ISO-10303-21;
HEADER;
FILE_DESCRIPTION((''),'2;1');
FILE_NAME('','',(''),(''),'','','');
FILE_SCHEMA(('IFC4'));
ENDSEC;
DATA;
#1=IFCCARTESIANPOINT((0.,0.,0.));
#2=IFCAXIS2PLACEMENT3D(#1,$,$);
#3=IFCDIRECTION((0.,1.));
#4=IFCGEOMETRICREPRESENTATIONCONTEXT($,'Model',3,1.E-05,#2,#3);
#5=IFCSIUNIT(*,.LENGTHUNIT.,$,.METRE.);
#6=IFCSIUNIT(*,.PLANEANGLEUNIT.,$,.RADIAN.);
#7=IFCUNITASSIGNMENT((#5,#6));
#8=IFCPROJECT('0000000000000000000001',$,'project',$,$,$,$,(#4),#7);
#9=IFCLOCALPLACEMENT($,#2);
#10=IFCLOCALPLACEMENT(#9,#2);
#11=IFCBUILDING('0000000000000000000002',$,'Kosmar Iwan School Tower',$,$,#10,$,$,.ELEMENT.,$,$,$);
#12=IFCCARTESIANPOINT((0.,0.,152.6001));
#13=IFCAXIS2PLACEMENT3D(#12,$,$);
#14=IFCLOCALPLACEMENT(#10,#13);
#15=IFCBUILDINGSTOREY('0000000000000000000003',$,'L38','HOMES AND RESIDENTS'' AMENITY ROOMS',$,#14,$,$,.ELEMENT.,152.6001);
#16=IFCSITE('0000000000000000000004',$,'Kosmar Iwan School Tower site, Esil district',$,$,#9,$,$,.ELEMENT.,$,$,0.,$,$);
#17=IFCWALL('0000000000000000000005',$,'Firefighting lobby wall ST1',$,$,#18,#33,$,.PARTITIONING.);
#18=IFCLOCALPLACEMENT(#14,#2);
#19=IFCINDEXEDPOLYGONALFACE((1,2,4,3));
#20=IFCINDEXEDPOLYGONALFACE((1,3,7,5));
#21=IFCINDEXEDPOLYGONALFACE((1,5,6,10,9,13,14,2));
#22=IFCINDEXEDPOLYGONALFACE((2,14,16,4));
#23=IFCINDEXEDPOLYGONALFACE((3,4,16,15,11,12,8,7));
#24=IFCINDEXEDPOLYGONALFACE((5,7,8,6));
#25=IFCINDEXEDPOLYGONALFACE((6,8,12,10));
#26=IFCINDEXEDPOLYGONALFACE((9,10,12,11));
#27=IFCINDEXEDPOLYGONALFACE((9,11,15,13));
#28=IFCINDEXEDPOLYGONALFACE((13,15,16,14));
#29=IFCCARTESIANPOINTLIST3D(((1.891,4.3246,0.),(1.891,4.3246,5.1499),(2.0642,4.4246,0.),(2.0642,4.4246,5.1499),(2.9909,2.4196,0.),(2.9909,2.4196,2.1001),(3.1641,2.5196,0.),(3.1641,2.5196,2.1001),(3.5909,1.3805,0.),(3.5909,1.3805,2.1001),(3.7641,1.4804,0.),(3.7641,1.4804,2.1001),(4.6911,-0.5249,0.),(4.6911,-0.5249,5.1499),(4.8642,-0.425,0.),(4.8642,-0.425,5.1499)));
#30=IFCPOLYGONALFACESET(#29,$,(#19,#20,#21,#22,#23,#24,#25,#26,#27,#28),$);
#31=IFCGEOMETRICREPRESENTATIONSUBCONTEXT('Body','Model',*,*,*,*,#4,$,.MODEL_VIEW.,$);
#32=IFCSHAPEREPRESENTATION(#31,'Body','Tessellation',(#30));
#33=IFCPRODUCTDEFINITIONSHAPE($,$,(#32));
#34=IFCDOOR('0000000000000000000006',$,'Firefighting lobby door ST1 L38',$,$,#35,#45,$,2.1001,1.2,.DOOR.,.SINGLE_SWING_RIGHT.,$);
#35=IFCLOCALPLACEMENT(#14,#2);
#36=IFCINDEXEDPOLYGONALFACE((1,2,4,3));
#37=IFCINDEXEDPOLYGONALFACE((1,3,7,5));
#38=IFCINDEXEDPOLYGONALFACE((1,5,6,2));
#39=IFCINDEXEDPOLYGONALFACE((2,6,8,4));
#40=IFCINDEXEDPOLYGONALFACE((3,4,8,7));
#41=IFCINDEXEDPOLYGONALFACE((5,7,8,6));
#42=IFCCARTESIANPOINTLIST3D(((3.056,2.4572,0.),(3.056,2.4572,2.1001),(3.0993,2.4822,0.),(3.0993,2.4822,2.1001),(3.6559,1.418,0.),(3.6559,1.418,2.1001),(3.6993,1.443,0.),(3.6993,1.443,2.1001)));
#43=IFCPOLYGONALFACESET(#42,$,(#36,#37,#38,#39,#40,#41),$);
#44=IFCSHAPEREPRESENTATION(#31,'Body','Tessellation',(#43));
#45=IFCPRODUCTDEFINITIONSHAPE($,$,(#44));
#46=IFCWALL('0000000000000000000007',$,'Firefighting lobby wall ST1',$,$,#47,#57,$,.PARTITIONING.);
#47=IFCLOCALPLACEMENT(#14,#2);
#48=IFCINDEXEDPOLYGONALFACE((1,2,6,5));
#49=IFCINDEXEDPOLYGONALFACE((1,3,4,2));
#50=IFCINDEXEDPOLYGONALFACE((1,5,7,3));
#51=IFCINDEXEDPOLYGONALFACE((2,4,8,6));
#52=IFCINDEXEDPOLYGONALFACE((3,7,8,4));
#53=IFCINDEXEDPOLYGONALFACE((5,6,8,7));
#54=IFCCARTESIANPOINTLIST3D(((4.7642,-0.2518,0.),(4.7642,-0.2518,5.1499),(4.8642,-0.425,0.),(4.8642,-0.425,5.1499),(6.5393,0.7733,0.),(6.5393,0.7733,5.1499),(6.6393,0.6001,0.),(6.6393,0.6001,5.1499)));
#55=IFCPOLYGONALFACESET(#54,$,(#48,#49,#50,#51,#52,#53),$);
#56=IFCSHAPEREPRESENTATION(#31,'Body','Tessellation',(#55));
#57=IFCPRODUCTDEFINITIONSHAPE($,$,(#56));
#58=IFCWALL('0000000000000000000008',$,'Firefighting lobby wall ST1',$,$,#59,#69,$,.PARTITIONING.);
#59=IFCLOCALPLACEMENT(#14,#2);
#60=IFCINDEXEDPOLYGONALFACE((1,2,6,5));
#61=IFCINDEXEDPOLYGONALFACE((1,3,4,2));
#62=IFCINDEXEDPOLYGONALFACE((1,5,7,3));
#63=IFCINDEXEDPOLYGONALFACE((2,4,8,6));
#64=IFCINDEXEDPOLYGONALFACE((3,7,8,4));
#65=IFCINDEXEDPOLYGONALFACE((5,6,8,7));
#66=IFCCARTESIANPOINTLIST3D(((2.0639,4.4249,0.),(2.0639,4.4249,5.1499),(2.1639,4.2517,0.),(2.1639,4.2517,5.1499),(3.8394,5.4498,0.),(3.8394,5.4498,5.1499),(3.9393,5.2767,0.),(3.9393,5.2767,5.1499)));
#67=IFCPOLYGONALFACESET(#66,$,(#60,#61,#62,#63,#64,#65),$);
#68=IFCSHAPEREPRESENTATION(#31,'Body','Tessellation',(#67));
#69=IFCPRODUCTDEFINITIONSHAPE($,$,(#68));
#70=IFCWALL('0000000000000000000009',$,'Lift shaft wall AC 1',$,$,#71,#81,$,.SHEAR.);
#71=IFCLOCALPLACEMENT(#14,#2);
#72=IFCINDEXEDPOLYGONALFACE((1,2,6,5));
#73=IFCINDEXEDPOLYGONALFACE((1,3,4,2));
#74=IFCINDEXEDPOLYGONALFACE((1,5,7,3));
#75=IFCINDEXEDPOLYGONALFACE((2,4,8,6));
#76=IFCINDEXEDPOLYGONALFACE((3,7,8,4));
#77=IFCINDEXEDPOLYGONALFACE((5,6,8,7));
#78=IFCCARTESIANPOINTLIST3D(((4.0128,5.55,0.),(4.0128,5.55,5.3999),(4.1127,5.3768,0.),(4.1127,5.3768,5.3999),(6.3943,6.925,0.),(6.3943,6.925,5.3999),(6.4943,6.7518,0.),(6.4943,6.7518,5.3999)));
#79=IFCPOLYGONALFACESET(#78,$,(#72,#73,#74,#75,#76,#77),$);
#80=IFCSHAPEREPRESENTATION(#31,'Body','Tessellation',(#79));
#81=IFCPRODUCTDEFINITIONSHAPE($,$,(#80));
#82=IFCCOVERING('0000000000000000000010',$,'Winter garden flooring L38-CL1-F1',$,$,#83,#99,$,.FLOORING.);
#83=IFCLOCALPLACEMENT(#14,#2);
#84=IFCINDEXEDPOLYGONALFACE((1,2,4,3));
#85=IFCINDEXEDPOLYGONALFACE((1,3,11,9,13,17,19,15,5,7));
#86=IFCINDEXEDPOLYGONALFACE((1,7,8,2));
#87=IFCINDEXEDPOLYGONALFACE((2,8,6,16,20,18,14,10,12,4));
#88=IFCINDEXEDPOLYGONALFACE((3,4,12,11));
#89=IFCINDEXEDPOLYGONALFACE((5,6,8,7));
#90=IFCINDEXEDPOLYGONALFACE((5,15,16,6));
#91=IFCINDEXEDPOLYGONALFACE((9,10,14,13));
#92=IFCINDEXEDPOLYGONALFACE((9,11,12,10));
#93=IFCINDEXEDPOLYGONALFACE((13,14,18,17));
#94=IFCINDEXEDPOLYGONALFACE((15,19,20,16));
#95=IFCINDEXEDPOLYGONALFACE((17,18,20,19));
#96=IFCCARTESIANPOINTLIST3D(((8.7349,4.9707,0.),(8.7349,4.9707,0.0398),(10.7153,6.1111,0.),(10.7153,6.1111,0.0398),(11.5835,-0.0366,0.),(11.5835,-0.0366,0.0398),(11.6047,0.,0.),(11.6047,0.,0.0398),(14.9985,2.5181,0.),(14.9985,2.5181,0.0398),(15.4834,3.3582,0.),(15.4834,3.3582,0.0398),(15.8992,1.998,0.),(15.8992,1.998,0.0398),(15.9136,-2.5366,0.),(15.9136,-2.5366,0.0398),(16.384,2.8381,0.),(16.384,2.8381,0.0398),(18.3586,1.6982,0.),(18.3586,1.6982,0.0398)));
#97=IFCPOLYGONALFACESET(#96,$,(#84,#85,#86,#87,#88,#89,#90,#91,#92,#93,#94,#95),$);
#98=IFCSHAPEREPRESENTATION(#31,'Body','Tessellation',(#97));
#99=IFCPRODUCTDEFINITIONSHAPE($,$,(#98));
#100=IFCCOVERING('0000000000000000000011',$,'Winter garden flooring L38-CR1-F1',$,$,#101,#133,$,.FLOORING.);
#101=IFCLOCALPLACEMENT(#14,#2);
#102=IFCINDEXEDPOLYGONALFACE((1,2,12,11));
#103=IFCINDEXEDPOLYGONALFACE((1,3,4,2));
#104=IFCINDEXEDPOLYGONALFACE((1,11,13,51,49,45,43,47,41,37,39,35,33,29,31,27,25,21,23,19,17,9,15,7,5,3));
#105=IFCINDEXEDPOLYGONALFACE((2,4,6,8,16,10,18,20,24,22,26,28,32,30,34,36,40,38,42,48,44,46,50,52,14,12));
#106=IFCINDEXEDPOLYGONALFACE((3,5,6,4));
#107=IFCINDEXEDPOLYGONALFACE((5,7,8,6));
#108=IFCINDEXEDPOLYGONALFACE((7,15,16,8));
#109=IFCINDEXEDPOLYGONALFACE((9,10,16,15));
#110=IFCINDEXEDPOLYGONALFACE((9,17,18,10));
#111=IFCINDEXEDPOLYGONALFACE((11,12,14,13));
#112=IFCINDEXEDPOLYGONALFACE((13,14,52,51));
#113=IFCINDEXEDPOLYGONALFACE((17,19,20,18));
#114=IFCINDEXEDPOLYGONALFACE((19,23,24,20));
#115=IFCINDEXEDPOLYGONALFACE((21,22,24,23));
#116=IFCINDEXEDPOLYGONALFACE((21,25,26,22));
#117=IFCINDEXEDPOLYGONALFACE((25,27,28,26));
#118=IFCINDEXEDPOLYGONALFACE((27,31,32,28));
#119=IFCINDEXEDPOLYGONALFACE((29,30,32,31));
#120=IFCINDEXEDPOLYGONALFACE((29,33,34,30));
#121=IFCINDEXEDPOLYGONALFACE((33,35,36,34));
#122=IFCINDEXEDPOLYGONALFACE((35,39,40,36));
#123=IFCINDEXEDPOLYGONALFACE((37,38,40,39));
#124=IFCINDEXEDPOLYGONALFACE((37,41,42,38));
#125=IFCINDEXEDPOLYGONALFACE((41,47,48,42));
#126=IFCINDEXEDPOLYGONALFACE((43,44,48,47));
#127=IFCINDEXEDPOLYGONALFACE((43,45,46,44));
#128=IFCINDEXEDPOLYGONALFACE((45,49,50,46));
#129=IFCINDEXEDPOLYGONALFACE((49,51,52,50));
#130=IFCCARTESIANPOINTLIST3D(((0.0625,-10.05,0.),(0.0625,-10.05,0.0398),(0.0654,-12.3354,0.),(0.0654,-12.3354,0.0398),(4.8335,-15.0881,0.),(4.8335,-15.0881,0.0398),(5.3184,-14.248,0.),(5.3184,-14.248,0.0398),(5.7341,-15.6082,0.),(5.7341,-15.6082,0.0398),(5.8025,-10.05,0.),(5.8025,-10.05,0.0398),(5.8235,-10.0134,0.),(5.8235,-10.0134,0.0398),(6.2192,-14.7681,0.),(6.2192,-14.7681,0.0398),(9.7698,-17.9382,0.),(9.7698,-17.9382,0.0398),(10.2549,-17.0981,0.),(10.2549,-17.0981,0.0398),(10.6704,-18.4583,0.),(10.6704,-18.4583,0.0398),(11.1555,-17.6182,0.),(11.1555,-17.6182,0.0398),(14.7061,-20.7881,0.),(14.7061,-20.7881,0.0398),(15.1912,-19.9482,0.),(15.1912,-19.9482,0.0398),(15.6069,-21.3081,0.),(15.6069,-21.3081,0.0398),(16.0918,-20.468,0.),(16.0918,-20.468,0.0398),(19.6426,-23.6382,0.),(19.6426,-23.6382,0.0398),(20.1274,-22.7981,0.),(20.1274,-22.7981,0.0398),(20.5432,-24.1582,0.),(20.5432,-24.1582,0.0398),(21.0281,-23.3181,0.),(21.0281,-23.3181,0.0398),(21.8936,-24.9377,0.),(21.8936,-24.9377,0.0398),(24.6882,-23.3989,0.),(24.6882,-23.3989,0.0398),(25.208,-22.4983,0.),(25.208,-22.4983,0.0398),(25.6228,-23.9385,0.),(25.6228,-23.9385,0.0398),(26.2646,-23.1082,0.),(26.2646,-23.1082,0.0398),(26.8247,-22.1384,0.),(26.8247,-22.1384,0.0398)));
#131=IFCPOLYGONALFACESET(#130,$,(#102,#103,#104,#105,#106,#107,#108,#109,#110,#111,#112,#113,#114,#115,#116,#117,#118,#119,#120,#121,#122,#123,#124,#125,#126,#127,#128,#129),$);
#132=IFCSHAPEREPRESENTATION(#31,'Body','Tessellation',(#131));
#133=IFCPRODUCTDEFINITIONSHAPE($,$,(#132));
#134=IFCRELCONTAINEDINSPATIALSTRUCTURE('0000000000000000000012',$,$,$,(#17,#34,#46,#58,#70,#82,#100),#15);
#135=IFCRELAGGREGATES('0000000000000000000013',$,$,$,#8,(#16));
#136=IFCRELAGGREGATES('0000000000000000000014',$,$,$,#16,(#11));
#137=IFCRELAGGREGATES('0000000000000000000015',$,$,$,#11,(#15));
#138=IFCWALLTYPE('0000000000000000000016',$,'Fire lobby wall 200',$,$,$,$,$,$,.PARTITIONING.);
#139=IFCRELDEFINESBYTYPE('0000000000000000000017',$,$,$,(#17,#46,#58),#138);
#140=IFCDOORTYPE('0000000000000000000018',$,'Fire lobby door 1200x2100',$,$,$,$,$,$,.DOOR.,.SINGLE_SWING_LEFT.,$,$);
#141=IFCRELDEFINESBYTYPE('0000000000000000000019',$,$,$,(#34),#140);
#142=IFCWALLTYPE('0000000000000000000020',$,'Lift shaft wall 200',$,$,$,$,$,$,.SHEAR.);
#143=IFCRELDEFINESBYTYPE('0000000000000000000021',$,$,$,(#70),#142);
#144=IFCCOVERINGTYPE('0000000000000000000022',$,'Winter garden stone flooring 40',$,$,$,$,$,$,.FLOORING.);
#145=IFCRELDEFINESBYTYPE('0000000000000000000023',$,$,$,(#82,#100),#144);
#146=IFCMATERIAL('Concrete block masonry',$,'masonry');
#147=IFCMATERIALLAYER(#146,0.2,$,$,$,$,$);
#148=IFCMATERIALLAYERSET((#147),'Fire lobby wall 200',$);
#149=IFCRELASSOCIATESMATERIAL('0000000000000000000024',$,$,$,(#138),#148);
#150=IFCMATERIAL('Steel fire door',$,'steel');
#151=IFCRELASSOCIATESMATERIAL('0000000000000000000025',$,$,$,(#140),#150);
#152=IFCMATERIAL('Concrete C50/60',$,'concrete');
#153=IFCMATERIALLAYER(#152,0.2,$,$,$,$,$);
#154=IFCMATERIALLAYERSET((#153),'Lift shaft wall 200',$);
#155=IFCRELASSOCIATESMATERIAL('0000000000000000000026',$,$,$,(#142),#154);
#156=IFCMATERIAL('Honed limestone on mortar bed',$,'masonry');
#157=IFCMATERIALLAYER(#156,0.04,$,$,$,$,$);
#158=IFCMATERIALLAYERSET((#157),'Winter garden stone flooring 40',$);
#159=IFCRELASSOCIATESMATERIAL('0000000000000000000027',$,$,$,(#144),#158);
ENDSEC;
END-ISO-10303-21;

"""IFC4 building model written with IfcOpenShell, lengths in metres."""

from ifc_helpers import new_model, si_unit, direction, frame, frame_2d, origin, place, context, subcontext, project, spatial, polyline, rectangle, outline, extrude, material, layer, layer_set, type_object, element, fill, save


model = new_model("IFC4")

# Units and contexts
model_context = context("Model", 3, precision=1e-05, world=origin(), true_north=direction((0.0, 1.0)))
body_context = subcontext(model_context, "Body", "Model", "MODEL_VIEW")
ifc_project = project(units=[si_unit("LENGTHUNIT", "METRE"), si_unit("PLANEANGLEUNIT", "RADIAN")], contexts=[model_context])

# Site, building, storey
site_placement = place(None, origin())
site = spatial("IfcSite", under=ifc_project, at=site_placement, Name="Kosmar Iwan School Tower site, Esil district", CompositionType="ELEMENT", RefElevation=0.0)
building_placement = place(site_placement, origin())
building = spatial("IfcBuilding", under=site, at=building_placement, Name="Kosmar Iwan School Tower", CompositionType="ELEMENT")
storey_placement = place(building_placement, frame((0.0, 0.0, 152.6001)))
storey = spatial("IfcBuildingStorey", under=building, at=storey_placement, Name="L38", Description="HOMES AND RESIDENTS' AMENITY ROOMS", CompositionType="ELEMENT", Elevation=152.6001)

# Wall, opening, door
ifc_material_1 = material(Name="Concrete block masonry", Category="masonry")
ifc_layer_1 = layer(ifc_material_1, 0.2)
ifc_layer_set_1 = layer_set([ifc_layer_1], Name="Fire lobby wall 200")
wall_type_1 = type_object("IfcWallType", Name="Fire lobby wall 200", PredefinedType="PARTITIONING", material=ifc_layer_set_1)
wall_1_placement = place(storey_placement, frame((4.7776, -0.4749, 0.0), z_axis=(0.0, 0.0, 1.0), x_axis=(-0.500017, 0.866016, 0.0)))
wall_1 = element("IfcWall", 1, at=wall_1_placement, inside=storey, type_object=wall_type_1, Name="Firefighting lobby wall ST1", PredefinedType="PARTITIONING", context=body_context, shape_type="SweptSolid", body=[
    extrude(rectangle(XDim=5.5999, YDim=0.2, at=frame_2d((2.7998, 0.0))), origin(), (0.0, 0.0, 1.0), 5.1499),
])
opening_placement = place(wall_1_placement, frame((2.2, 0.0, 0.0)))
opening = element("IfcOpeningElement", 2, at=opening_placement, cuts=wall_1, PredefinedType="OPENING", context=body_context, shape_type="SweptSolid", body=[
    extrude(rectangle(XDim=1.2, YDim=2.1001, at=frame_2d((0.6001, 1.05))), frame((0.0, 0.1121, 0.0), z_axis=(0.0, -1.0, 0.0), x_axis=(1.0, 0.0, 0.0)), (0.0, 0.0, 1.0), 0.2239),
])
ifc_material_2 = material(Name="Steel fire door", Category="steel")
door_type = type_object("IfcDoorType", Name="Fire lobby door 1200x2100", OperationType="SINGLE_SWING_LEFT", PredefinedType="DOOR", material=ifc_material_2)
door_placement = place(opening_placement, origin())
door = element("IfcDoor", 3, at=door_placement, inside=storey, type_object=door_type, Name="Firefighting lobby door ST1 L38", OperationType="SINGLE_SWING_RIGHT", OverallHeight=2.1001, OverallWidth=1.2, PredefinedType="DOOR", context=body_context, shape_type="SweptSolid", body=[
    extrude(rectangle(XDim=1.2, YDim=2.1001, at=frame_2d((0.6001, 1.05))), frame((0.0, 0.0249, 0.0), z_axis=(0.0, -1.0, 0.0), x_axis=(1.0, 0.0, 0.0)), (0.0, 0.0, 1.0), 0.05),
])
fill(opening, door)

# Walls
wall_2_placement = place(storey_placement, frame((4.8142, -0.3384, 0.0), z_axis=(0.0, 0.0, 1.0), x_axis=(0.865969, 0.500097, 0.0)))
element("IfcWall", 4, at=wall_2_placement, inside=storey, type_object=wall_type_1, Name="Firefighting lobby wall ST1", PredefinedType="PARTITIONING", context=body_context, shape_type="SweptSolid", body=[
    extrude(rectangle(XDim=2.0498, YDim=0.2, at=frame_2d((1.0249, 0.0))), origin(), (0.0, 0.0, 1.0), 5.1499),
])
wall_3_placement = place(storey_placement, frame((2.114, 4.3384, 0.0), z_axis=(0.0, 0.0, 1.0), x_axis=(0.866051, 0.499956, 0.0)))
element("IfcWall", 5, at=wall_3_placement, inside=storey, type_object=wall_type_1, Name="Firefighting lobby wall ST1", PredefinedType="PARTITIONING", context=body_context, shape_type="SweptSolid", body=[
    extrude(rectangle(XDim=2.05, YDim=0.2, at=frame_2d((1.0249, 0.0))), origin(), (0.0, 0.0, 1.0), 5.1499),
])
ifc_material_3 = material(Name="Concrete C50/60", Category="concrete")
ifc_layer_2 = layer(ifc_material_3, 0.2)
ifc_layer_set_2 = layer_set([ifc_layer_2], Name="Lift shaft wall 200")
wall_type_2 = type_object("IfcWallType", Name="Lift shaft wall 200", PredefinedType="SHEAR", material=ifc_layer_set_2)
wall_4_placement = place(storey_placement, frame((4.0627, 5.4634, 0.0), z_axis=(0.0, 0.0, 1.0), x_axis=(0.866027, 0.499997, 0.0)))
element("IfcWall", 6, at=wall_4_placement, inside=storey, type_object=wall_type_2, Name="Lift shaft wall AC 1", PredefinedType="SHEAR", context=body_context, shape_type="SweptSolid", body=[
    extrude(rectangle(XDim=2.75, YDim=0.2, at=frame_2d((1.375, 0.0))), origin(), (0.0, 0.0, 1.0), 5.3999),
])

# Coverings
ifc_material_4 = material(Name="Honed limestone on mortar bed", Category="masonry")
ifc_layer_3 = layer(ifc_material_4, 0.04)
ifc_layer_set_3 = layer_set([ifc_layer_3], Name="Winter garden stone flooring 40")
covering_type = type_object("IfcCoveringType", Name="Winter garden stone flooring 40", PredefinedType="FLOORING", material=ifc_layer_set_3)
covering_1_placement = place(storey_placement, origin())
element("IfcCovering", 7, at=covering_1_placement, inside=storey, type_object=covering_type, Name="Winter garden flooring L38-CL1-F1", PredefinedType="FLOORING", context=body_context, shape_type="SweptSolid", body=[
    extrude(outline(polyline([(15.9136, -2.5366), (18.3586, 1.6982), (16.384, 2.8381), (15.8992, 1.998), (14.9985, 2.5181), (15.4834, 3.3582), (10.7153, 6.1111), (8.7349, 4.9707), (11.6047, 0.0), (11.5835, -0.0366), (15.9136, -2.5366)])), origin(), (0.0, 0.0, 1.0), 0.0398),
])
covering_2_placement = place(storey_placement, origin())
element("IfcCovering", 8, at=covering_2_placement, inside=storey, type_object=covering_type, Name="Winter garden flooring L38-CR1-F1", PredefinedType="FLOORING", context=body_context, shape_type="SweptSolid", body=[
    extrude(outline(polyline([(21.8936, -24.9377), (25.6228, -23.9385), (24.6882, -23.3989), (25.208, -22.4983), (26.2646, -23.1082), (26.8247, -22.1384), (5.8235, -10.0134), (5.8025, -10.05), (0.0625, -10.05), (0.0654, -12.3354), (4.8335, -15.0881), (5.3184, -14.248), (6.2192, -14.7681), (5.7341, -15.6082), (9.7698, -17.9382), (10.2549, -17.0981), (11.1555, -17.6182), (10.6704, -18.4583), (14.7061, -20.7881), (15.1912, -19.9482), (16.0918, -20.468), (15.6069, -21.3081), (19.6426, -23.6382), (20.1274, -22.7981), (21.0281, -23.3181), (20.5432, -24.1582), (21.8936, -24.9377)])), origin(), (0.0, 0.0, 1.0), 0.0398),
])

save(model, "model.ifc")
